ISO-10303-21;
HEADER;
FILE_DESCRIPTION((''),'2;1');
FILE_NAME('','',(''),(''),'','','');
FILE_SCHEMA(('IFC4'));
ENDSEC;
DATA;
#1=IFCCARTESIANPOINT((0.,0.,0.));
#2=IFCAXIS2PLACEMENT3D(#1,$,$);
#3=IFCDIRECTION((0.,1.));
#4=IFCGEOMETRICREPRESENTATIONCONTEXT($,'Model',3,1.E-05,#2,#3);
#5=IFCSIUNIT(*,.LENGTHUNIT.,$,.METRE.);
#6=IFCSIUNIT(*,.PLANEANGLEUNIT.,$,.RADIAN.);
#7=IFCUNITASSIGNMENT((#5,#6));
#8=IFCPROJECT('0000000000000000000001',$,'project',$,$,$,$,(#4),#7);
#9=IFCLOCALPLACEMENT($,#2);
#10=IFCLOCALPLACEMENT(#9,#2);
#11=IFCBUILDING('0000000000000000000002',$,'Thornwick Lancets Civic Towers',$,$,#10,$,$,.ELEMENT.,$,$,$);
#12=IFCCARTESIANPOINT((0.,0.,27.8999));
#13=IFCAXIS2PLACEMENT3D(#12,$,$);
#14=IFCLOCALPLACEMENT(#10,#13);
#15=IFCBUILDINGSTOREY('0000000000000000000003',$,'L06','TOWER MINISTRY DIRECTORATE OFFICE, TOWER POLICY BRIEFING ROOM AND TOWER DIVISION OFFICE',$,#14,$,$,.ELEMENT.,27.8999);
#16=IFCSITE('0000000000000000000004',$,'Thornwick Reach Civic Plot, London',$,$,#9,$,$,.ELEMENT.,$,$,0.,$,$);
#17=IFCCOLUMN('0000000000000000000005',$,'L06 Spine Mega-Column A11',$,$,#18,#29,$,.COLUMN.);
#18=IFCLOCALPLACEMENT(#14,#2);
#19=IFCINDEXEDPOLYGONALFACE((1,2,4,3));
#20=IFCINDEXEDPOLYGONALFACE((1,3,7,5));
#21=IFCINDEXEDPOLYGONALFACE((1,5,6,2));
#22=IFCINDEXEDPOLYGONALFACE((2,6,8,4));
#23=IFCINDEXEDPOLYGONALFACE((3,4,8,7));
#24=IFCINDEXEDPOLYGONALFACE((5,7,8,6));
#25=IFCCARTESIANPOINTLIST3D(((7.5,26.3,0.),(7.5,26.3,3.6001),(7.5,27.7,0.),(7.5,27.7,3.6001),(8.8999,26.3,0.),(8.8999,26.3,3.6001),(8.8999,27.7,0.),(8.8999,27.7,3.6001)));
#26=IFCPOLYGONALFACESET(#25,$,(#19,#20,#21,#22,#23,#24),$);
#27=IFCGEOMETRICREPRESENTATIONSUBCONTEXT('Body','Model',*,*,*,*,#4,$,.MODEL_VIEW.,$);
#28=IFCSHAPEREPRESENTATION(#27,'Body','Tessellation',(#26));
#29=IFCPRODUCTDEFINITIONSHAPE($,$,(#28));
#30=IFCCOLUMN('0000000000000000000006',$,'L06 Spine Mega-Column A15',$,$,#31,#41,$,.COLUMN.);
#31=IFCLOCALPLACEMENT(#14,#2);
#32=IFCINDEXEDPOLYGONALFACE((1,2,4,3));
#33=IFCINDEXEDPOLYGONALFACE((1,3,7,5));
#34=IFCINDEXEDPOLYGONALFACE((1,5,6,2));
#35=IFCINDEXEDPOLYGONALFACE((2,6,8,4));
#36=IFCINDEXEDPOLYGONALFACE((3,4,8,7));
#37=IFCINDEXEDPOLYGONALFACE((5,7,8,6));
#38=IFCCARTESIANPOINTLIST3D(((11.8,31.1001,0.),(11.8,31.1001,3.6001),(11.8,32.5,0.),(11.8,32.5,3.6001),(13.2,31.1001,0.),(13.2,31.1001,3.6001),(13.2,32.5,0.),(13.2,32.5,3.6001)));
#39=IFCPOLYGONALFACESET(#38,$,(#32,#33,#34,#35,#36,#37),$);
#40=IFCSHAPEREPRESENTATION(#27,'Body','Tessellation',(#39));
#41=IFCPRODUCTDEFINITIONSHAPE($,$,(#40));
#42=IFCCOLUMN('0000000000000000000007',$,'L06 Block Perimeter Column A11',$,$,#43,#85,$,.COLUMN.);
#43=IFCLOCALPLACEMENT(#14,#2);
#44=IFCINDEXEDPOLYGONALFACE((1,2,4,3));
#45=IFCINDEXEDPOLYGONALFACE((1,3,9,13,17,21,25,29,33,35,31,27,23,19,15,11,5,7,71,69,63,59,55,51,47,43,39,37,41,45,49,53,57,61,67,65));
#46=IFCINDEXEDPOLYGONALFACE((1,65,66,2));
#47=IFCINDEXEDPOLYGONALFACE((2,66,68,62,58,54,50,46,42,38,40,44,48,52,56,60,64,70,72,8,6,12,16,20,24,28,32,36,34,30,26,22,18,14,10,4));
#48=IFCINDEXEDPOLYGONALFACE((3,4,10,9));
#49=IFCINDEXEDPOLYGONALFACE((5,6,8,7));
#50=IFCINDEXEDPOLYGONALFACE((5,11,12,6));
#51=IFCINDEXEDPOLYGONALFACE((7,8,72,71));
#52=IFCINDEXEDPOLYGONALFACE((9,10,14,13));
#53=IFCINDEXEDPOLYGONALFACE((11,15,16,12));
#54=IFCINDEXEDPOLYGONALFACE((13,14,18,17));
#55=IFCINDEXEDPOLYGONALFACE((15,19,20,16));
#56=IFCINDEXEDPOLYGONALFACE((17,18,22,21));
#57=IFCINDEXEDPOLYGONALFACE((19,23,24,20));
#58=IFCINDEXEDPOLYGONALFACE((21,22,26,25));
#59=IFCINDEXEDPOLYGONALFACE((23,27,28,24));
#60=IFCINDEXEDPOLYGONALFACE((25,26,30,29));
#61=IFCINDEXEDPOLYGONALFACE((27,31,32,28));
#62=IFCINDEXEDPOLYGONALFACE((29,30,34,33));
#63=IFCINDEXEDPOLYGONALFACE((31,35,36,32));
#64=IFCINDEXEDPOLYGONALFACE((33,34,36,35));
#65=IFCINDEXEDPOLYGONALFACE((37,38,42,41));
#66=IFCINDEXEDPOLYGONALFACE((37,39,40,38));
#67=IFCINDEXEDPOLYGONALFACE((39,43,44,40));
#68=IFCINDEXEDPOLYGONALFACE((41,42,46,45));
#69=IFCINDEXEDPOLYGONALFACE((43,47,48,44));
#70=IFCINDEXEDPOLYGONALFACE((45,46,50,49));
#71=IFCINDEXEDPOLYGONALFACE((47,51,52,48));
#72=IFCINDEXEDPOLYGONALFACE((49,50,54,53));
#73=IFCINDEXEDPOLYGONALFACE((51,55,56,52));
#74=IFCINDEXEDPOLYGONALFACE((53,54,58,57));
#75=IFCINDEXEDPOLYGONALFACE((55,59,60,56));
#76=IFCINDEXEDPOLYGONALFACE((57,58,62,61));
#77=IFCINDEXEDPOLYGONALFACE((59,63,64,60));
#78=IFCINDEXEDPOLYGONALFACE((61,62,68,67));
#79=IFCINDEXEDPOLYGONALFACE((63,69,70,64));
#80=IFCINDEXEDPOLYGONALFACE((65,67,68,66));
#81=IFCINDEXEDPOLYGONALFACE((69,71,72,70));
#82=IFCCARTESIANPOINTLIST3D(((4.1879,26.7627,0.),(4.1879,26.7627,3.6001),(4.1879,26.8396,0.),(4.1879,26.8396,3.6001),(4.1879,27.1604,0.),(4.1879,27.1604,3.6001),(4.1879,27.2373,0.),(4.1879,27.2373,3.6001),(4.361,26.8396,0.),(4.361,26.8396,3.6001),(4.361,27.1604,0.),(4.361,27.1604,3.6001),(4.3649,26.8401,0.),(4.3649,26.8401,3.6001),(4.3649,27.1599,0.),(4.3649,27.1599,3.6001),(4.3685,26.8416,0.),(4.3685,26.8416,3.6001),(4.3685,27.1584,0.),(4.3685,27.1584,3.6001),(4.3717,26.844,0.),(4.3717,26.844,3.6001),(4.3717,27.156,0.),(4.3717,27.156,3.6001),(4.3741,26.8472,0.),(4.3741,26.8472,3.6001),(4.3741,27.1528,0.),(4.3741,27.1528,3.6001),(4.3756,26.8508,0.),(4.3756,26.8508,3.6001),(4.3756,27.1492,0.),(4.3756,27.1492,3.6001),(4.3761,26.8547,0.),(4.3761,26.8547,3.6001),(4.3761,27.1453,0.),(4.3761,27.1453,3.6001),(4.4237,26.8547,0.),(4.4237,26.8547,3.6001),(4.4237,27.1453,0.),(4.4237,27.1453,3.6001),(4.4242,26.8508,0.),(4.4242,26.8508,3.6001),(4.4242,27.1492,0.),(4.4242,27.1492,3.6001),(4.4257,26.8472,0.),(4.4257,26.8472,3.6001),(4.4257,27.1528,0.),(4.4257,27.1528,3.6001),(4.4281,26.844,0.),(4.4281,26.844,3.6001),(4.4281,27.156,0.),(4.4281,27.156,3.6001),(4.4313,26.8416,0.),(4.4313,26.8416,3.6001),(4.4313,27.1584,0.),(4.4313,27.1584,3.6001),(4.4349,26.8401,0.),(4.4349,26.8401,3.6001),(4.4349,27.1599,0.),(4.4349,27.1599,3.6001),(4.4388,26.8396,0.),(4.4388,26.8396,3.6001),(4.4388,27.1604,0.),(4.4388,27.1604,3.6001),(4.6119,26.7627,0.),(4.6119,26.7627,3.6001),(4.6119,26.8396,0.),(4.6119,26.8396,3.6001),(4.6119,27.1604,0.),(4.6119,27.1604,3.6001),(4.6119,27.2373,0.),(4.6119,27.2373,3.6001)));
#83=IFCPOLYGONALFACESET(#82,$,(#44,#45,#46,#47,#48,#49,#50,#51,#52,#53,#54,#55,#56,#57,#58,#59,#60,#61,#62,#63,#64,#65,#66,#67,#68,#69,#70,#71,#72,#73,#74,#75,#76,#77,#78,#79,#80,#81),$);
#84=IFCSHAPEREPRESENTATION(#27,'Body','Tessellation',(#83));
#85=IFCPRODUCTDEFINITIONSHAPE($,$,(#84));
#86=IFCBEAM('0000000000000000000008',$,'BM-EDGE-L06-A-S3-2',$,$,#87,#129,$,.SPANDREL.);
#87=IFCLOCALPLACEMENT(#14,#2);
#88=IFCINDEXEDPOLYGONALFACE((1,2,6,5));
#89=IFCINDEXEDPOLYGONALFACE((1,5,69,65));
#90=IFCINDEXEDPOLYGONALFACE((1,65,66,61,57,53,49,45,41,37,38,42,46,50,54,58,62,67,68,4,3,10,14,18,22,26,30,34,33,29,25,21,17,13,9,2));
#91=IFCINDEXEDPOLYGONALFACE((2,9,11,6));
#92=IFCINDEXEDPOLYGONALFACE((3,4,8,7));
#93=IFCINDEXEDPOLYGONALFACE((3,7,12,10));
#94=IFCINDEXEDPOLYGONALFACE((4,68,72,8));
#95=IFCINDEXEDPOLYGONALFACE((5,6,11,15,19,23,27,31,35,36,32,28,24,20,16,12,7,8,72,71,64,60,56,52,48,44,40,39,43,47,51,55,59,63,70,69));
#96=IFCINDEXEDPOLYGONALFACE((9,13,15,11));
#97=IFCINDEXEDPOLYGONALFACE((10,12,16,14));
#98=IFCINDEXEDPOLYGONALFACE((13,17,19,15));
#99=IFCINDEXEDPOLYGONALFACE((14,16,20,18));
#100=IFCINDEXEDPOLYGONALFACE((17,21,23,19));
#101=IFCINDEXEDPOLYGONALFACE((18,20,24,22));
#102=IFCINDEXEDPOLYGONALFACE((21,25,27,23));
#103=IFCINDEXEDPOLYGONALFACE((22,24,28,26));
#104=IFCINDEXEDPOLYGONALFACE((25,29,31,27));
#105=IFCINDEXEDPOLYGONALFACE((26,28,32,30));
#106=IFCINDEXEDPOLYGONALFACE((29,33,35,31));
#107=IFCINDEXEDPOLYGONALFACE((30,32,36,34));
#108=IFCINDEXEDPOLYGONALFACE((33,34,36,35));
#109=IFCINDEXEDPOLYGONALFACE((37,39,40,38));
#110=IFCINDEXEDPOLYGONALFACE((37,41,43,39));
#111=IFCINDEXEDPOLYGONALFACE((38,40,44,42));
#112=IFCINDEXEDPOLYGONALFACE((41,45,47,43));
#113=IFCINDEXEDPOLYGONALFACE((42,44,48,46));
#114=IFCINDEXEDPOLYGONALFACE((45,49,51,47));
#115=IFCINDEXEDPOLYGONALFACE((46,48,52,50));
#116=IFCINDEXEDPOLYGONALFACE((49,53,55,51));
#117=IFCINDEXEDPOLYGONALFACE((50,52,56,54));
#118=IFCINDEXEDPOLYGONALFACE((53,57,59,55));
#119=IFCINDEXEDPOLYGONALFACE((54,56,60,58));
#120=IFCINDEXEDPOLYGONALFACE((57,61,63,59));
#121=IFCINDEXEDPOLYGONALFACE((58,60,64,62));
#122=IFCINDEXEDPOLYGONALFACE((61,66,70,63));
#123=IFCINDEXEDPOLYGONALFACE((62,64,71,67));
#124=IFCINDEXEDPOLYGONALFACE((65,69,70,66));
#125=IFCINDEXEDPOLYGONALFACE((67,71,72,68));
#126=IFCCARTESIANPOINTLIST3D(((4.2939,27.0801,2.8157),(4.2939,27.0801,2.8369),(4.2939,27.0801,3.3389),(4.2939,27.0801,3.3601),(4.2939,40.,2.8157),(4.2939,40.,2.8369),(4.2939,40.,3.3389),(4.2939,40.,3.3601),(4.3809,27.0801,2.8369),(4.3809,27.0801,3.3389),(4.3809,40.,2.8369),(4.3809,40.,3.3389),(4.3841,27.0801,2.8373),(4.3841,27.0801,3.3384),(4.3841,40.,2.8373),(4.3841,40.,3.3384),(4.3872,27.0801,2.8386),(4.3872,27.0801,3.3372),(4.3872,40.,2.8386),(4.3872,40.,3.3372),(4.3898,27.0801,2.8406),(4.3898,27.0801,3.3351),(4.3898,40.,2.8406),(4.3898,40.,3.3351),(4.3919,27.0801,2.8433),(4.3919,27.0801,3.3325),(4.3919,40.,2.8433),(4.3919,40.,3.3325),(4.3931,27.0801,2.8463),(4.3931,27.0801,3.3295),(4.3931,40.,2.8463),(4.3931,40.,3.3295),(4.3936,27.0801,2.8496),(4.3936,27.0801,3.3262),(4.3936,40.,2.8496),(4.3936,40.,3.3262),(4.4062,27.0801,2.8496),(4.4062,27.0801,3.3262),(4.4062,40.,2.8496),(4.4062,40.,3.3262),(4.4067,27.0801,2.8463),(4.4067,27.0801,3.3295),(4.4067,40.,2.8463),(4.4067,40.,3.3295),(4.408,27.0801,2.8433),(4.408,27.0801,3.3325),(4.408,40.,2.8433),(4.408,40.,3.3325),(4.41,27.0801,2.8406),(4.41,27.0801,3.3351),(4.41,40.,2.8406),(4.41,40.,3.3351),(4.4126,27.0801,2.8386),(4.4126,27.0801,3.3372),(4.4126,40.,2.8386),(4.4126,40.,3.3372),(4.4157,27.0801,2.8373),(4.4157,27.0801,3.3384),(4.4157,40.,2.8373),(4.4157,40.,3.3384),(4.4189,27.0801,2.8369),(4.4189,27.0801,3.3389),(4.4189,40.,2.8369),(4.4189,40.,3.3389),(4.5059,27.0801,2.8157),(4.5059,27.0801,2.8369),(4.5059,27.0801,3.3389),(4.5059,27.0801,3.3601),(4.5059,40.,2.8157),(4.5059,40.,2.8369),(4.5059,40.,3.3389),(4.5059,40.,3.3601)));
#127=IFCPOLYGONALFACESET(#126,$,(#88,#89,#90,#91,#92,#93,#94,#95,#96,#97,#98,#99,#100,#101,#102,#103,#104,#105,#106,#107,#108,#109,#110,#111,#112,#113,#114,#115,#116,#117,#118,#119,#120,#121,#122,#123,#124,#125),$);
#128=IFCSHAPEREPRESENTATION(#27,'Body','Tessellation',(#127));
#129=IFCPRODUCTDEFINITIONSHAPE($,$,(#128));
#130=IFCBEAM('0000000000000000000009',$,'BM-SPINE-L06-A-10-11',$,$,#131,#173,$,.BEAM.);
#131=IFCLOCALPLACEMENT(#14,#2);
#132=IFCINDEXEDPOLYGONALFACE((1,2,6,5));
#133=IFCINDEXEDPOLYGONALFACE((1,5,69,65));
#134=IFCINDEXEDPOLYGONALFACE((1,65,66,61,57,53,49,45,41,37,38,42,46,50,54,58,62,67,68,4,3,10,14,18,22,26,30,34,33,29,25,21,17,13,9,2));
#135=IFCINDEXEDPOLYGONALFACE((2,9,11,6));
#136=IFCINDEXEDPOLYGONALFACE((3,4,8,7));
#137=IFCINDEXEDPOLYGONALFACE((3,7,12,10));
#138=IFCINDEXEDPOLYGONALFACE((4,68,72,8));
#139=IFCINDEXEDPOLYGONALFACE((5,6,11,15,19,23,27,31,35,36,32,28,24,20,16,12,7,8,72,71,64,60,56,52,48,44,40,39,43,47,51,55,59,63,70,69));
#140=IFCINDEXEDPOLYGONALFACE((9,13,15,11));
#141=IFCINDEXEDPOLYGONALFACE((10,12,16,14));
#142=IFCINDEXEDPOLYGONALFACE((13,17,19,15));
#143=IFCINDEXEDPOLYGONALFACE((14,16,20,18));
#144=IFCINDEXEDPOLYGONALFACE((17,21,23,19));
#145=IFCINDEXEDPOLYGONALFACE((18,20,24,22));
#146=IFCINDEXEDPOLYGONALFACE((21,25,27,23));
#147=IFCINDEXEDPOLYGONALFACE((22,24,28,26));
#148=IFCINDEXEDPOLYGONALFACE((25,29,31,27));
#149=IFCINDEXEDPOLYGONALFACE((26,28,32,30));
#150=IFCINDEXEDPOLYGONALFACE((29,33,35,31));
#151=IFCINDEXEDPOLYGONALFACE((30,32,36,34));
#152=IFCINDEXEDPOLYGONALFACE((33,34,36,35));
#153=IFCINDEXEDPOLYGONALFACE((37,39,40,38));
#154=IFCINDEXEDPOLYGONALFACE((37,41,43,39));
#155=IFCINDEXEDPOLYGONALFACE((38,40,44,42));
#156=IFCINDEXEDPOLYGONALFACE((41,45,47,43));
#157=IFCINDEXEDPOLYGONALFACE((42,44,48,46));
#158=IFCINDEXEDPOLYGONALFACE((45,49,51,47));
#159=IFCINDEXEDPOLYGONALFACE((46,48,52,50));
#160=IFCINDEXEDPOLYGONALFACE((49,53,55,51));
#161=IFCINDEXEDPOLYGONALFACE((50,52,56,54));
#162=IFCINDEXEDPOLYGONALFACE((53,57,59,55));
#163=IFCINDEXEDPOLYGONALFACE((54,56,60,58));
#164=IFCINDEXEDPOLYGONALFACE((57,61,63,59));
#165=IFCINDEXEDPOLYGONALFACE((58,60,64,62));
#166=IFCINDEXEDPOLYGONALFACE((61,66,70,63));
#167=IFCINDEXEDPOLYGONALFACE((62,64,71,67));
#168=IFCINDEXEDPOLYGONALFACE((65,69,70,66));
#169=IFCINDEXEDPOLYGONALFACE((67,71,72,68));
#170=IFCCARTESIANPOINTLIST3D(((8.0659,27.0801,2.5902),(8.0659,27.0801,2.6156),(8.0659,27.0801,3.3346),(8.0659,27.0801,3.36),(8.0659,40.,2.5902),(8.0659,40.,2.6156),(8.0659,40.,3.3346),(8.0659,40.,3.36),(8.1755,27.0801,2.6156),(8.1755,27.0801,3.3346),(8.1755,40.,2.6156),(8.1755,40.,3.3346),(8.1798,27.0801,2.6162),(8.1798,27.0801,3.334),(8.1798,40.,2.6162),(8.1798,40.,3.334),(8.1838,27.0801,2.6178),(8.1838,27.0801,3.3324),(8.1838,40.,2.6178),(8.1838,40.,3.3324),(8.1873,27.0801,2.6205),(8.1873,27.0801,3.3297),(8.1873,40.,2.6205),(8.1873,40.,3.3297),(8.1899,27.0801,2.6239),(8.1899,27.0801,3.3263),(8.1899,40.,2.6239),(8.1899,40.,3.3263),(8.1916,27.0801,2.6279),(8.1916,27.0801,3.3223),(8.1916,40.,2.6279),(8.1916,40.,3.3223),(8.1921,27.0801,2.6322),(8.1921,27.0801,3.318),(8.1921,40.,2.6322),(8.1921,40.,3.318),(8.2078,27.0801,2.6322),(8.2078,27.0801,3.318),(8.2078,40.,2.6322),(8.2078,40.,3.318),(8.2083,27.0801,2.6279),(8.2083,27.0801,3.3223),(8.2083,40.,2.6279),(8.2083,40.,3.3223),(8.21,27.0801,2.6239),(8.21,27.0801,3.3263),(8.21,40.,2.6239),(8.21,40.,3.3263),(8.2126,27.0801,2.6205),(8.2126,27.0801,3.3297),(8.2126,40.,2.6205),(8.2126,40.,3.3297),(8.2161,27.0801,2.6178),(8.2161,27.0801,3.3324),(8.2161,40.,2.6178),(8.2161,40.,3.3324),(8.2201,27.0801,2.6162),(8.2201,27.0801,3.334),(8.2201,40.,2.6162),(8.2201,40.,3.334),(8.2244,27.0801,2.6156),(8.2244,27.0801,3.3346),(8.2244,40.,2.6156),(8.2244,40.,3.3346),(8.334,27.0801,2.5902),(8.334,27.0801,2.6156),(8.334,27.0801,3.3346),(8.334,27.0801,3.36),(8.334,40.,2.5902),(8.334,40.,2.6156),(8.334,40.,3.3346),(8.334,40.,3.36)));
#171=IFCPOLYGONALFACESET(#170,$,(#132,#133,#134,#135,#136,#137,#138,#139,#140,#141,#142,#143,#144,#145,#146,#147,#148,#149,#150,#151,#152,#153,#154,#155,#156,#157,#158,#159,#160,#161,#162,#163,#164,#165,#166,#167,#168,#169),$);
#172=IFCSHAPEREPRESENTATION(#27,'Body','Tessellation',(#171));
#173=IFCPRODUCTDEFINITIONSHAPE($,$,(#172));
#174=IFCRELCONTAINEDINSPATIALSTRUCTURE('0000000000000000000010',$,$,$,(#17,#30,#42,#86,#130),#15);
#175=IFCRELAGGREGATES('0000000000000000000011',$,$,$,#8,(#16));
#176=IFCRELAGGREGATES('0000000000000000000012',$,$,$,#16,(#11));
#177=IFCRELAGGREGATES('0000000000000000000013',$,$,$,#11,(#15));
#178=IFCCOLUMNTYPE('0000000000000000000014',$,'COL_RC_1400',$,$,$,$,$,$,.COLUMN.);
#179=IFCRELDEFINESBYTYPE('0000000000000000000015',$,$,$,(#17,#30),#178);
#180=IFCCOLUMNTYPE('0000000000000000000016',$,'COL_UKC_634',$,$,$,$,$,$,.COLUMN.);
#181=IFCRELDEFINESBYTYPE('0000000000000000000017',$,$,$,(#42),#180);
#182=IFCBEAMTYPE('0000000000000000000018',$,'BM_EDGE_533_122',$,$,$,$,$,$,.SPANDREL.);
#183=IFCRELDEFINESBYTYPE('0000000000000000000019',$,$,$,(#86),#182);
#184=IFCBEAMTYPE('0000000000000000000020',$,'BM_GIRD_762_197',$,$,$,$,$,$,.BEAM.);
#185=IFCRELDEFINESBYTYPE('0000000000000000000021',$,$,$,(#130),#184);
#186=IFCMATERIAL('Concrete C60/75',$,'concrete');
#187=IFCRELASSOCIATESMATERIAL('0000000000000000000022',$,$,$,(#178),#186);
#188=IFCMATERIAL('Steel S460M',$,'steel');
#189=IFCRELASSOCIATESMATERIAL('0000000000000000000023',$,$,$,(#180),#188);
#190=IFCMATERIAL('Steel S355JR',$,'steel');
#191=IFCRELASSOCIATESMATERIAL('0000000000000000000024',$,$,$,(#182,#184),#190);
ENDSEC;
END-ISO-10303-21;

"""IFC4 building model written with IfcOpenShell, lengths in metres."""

from ifc_helpers import new_model, si_unit, direction, frame, origin, origin_2d, place, context, subcontext, project, spatial, rectangle, i_section, extrude, material, material_profile, profile_set, type_object, element, save


model = new_model("IFC4")

# Units and contexts
model_context = context("Model", 3, precision=1e-05, world=origin(), true_north=direction((0.0, 1.0)))
body_context = subcontext(model_context, "Body", "Model", "MODEL_VIEW")
ifc_project = project(units=[si_unit("LENGTHUNIT", "METRE"), si_unit("PLANEANGLEUNIT", "RADIAN")], contexts=[model_context])

# Site, building, storey
site_placement = place(None, origin())
site = spatial("IfcSite", under=ifc_project, at=site_placement, Name="Thornwick Reach Civic Plot, London", CompositionType="ELEMENT", RefElevation=0.0)
building_placement = place(site_placement, origin())
building = spatial("IfcBuilding", under=site, at=building_placement, Name="Thornwick Lancets Civic Towers", CompositionType="ELEMENT")
storey_placement = place(building_placement, frame((0.0, 0.0, 27.8999)))
storey = spatial("IfcBuildingStorey", under=building, at=storey_placement, Name="L06", Description="TOWER MINISTRY DIRECTORATE OFFICE, TOWER POLICY BRIEFING ROOM AND TOWER DIVISION OFFICE", CompositionType="ELEMENT", Elevation=27.8999)

# Columns
ifc_material_1 = material(Name="Concrete C60/75", Category="concrete")
ifc_material_profile_1 = material_profile(ifc_material_1, rectangle(XDim=1.3999, YDim=1.3999, at=origin_2d()), Name="RC 1400x1400")
ifc_profile_set_1 = profile_set([ifc_material_profile_1], Name="Concrete C60/75")
column_type_1 = type_object("IfcColumnType", Name="COL_RC_1400", PredefinedType="COLUMN", material=ifc_profile_set_1)
for number, where, z_axis, x_axis, name in (
    (1, (8.2, 27.0, 0.0), (0.0, 0.0, 1.0), (1.0, 0.0, 0.0), "L06 Spine Mega-Column A11"),
    (2, (12.5, 31.8, 0.0), (0.0, 0.0, 1.0), (1.0, 0.0, 0.0), "L06 Spine Mega-Column A15"),
):
    element("IfcColumn", number, at=place(storey_placement, frame(where, z_axis=z_axis, x_axis=x_axis)), inside=storey, type_object=column_type_1, Name=name, PredefinedType="COLUMN", context=body_context, shape_type="SweptSolid", body=[
        extrude(rectangle(XDim=1.3999, YDim=1.3999, at=origin_2d()), origin(), (0.0, 0.0, 1.0), 3.6001),
    ])
ifc_material_2 = material(Name="Steel S460M", Category="steel")
ifc_material_profile_2 = material_profile(ifc_material_2, i_section(OverallWidth=0.4241, OverallDepth=0.4746, WebThickness=0.0476, FlangeThickness=0.0769, FilletRadius=0.0151, at=origin_2d()), Name="UKC 356x406x634")
ifc_profile_set_2 = profile_set([ifc_material_profile_2], Name="Steel S460M")
column_type_2 = type_object("IfcColumnType", Name="COL_UKC_634", PredefinedType="COLUMN", material=ifc_profile_set_2)
column_placement = place(storey_placement, frame((4.3999, 27.0, 0.0), z_axis=(0.0, 0.0, 1.0), x_axis=(1.0, 0.0, 0.0)))
element("IfcColumn", 3, at=column_placement, inside=storey, type_object=column_type_2, Name="L06 Block Perimeter Column A11", PredefinedType="COLUMN", context=body_context, shape_type="SweptSolid", body=[
    extrude(i_section(OverallWidth=0.4241, OverallDepth=0.4746, WebThickness=0.0476, FlangeThickness=0.0769, FilletRadius=0.0151, at=origin_2d()), origin(), (0.0, 0.0, 1.0), 3.6001),
])

# Beams
ifc_material_3 = material(Name="Steel S355JR", Category="steel")
ifc_material_profile_3 = material_profile(ifc_material_3, i_section(OverallWidth=0.2119, OverallDepth=0.5444, WebThickness=0.0127, FlangeThickness=0.0212, FilletRadius=0.0127, at=origin_2d()), Name="UKB 533x210x122")
ifc_profile_set_3 = profile_set([ifc_material_profile_3], Name="Steel S355JR")
beam_type_1 = type_object("IfcBeamType", Name="BM_EDGE_533_122", PredefinedType="SPANDREL", material=ifc_profile_set_3)
beam_1_placement = place(storey_placement, frame((4.3999, 27.0801, 3.0879), z_axis=(0.0, 1.0, 0.0), x_axis=(-1.0, 0.0, 0.0)))
element("IfcBeam", 4, at=beam_1_placement, inside=storey, type_object=beam_type_1, Name="BM-EDGE-L06-A-S3-2", PredefinedType="SPANDREL", context=body_context, shape_type="SweptSolid", body=[
    extrude(i_section(OverallWidth=0.2119, OverallDepth=0.5444, WebThickness=0.0127, FlangeThickness=0.0212, FilletRadius=0.0127, at=origin_2d()), origin(), (0.0, 0.0, 1.0), 12.9199),
])
ifc_material_profile_4 = material_profile(ifc_material_3, i_section(OverallWidth=0.2681, OverallDepth=0.7698, WebThickness=0.0156, FlangeThickness=0.0254, FilletRadius=0.0166, at=origin_2d()), Name="UKB 762x267x197")
ifc_profile_set_4 = profile_set([ifc_material_profile_4], Name="Steel S355JR")
beam_type_2 = type_object("IfcBeamType", Name="BM_GIRD_762_197", PredefinedType="BEAM", material=ifc_profile_set_4)
beam_2_placement = place(storey_placement, frame((8.2, 27.0801, 2.9751), z_axis=(0.0, 1.0, 0.0), x_axis=(-1.0, 0.0, 0.0)))
element("IfcBeam", 5, at=beam_2_placement, inside=storey, type_object=beam_type_2, Name="BM-SPINE-L06-A-10-11", PredefinedType="BEAM", context=body_context, shape_type="SweptSolid", body=[
    extrude(i_section(OverallWidth=0.2681, OverallDepth=0.7698, WebThickness=0.0156, FlangeThickness=0.0254, FilletRadius=0.0166, at=origin_2d()), origin(), (0.0, 0.0, 1.0), 12.9199),
])

save(model, "model.ifc")
